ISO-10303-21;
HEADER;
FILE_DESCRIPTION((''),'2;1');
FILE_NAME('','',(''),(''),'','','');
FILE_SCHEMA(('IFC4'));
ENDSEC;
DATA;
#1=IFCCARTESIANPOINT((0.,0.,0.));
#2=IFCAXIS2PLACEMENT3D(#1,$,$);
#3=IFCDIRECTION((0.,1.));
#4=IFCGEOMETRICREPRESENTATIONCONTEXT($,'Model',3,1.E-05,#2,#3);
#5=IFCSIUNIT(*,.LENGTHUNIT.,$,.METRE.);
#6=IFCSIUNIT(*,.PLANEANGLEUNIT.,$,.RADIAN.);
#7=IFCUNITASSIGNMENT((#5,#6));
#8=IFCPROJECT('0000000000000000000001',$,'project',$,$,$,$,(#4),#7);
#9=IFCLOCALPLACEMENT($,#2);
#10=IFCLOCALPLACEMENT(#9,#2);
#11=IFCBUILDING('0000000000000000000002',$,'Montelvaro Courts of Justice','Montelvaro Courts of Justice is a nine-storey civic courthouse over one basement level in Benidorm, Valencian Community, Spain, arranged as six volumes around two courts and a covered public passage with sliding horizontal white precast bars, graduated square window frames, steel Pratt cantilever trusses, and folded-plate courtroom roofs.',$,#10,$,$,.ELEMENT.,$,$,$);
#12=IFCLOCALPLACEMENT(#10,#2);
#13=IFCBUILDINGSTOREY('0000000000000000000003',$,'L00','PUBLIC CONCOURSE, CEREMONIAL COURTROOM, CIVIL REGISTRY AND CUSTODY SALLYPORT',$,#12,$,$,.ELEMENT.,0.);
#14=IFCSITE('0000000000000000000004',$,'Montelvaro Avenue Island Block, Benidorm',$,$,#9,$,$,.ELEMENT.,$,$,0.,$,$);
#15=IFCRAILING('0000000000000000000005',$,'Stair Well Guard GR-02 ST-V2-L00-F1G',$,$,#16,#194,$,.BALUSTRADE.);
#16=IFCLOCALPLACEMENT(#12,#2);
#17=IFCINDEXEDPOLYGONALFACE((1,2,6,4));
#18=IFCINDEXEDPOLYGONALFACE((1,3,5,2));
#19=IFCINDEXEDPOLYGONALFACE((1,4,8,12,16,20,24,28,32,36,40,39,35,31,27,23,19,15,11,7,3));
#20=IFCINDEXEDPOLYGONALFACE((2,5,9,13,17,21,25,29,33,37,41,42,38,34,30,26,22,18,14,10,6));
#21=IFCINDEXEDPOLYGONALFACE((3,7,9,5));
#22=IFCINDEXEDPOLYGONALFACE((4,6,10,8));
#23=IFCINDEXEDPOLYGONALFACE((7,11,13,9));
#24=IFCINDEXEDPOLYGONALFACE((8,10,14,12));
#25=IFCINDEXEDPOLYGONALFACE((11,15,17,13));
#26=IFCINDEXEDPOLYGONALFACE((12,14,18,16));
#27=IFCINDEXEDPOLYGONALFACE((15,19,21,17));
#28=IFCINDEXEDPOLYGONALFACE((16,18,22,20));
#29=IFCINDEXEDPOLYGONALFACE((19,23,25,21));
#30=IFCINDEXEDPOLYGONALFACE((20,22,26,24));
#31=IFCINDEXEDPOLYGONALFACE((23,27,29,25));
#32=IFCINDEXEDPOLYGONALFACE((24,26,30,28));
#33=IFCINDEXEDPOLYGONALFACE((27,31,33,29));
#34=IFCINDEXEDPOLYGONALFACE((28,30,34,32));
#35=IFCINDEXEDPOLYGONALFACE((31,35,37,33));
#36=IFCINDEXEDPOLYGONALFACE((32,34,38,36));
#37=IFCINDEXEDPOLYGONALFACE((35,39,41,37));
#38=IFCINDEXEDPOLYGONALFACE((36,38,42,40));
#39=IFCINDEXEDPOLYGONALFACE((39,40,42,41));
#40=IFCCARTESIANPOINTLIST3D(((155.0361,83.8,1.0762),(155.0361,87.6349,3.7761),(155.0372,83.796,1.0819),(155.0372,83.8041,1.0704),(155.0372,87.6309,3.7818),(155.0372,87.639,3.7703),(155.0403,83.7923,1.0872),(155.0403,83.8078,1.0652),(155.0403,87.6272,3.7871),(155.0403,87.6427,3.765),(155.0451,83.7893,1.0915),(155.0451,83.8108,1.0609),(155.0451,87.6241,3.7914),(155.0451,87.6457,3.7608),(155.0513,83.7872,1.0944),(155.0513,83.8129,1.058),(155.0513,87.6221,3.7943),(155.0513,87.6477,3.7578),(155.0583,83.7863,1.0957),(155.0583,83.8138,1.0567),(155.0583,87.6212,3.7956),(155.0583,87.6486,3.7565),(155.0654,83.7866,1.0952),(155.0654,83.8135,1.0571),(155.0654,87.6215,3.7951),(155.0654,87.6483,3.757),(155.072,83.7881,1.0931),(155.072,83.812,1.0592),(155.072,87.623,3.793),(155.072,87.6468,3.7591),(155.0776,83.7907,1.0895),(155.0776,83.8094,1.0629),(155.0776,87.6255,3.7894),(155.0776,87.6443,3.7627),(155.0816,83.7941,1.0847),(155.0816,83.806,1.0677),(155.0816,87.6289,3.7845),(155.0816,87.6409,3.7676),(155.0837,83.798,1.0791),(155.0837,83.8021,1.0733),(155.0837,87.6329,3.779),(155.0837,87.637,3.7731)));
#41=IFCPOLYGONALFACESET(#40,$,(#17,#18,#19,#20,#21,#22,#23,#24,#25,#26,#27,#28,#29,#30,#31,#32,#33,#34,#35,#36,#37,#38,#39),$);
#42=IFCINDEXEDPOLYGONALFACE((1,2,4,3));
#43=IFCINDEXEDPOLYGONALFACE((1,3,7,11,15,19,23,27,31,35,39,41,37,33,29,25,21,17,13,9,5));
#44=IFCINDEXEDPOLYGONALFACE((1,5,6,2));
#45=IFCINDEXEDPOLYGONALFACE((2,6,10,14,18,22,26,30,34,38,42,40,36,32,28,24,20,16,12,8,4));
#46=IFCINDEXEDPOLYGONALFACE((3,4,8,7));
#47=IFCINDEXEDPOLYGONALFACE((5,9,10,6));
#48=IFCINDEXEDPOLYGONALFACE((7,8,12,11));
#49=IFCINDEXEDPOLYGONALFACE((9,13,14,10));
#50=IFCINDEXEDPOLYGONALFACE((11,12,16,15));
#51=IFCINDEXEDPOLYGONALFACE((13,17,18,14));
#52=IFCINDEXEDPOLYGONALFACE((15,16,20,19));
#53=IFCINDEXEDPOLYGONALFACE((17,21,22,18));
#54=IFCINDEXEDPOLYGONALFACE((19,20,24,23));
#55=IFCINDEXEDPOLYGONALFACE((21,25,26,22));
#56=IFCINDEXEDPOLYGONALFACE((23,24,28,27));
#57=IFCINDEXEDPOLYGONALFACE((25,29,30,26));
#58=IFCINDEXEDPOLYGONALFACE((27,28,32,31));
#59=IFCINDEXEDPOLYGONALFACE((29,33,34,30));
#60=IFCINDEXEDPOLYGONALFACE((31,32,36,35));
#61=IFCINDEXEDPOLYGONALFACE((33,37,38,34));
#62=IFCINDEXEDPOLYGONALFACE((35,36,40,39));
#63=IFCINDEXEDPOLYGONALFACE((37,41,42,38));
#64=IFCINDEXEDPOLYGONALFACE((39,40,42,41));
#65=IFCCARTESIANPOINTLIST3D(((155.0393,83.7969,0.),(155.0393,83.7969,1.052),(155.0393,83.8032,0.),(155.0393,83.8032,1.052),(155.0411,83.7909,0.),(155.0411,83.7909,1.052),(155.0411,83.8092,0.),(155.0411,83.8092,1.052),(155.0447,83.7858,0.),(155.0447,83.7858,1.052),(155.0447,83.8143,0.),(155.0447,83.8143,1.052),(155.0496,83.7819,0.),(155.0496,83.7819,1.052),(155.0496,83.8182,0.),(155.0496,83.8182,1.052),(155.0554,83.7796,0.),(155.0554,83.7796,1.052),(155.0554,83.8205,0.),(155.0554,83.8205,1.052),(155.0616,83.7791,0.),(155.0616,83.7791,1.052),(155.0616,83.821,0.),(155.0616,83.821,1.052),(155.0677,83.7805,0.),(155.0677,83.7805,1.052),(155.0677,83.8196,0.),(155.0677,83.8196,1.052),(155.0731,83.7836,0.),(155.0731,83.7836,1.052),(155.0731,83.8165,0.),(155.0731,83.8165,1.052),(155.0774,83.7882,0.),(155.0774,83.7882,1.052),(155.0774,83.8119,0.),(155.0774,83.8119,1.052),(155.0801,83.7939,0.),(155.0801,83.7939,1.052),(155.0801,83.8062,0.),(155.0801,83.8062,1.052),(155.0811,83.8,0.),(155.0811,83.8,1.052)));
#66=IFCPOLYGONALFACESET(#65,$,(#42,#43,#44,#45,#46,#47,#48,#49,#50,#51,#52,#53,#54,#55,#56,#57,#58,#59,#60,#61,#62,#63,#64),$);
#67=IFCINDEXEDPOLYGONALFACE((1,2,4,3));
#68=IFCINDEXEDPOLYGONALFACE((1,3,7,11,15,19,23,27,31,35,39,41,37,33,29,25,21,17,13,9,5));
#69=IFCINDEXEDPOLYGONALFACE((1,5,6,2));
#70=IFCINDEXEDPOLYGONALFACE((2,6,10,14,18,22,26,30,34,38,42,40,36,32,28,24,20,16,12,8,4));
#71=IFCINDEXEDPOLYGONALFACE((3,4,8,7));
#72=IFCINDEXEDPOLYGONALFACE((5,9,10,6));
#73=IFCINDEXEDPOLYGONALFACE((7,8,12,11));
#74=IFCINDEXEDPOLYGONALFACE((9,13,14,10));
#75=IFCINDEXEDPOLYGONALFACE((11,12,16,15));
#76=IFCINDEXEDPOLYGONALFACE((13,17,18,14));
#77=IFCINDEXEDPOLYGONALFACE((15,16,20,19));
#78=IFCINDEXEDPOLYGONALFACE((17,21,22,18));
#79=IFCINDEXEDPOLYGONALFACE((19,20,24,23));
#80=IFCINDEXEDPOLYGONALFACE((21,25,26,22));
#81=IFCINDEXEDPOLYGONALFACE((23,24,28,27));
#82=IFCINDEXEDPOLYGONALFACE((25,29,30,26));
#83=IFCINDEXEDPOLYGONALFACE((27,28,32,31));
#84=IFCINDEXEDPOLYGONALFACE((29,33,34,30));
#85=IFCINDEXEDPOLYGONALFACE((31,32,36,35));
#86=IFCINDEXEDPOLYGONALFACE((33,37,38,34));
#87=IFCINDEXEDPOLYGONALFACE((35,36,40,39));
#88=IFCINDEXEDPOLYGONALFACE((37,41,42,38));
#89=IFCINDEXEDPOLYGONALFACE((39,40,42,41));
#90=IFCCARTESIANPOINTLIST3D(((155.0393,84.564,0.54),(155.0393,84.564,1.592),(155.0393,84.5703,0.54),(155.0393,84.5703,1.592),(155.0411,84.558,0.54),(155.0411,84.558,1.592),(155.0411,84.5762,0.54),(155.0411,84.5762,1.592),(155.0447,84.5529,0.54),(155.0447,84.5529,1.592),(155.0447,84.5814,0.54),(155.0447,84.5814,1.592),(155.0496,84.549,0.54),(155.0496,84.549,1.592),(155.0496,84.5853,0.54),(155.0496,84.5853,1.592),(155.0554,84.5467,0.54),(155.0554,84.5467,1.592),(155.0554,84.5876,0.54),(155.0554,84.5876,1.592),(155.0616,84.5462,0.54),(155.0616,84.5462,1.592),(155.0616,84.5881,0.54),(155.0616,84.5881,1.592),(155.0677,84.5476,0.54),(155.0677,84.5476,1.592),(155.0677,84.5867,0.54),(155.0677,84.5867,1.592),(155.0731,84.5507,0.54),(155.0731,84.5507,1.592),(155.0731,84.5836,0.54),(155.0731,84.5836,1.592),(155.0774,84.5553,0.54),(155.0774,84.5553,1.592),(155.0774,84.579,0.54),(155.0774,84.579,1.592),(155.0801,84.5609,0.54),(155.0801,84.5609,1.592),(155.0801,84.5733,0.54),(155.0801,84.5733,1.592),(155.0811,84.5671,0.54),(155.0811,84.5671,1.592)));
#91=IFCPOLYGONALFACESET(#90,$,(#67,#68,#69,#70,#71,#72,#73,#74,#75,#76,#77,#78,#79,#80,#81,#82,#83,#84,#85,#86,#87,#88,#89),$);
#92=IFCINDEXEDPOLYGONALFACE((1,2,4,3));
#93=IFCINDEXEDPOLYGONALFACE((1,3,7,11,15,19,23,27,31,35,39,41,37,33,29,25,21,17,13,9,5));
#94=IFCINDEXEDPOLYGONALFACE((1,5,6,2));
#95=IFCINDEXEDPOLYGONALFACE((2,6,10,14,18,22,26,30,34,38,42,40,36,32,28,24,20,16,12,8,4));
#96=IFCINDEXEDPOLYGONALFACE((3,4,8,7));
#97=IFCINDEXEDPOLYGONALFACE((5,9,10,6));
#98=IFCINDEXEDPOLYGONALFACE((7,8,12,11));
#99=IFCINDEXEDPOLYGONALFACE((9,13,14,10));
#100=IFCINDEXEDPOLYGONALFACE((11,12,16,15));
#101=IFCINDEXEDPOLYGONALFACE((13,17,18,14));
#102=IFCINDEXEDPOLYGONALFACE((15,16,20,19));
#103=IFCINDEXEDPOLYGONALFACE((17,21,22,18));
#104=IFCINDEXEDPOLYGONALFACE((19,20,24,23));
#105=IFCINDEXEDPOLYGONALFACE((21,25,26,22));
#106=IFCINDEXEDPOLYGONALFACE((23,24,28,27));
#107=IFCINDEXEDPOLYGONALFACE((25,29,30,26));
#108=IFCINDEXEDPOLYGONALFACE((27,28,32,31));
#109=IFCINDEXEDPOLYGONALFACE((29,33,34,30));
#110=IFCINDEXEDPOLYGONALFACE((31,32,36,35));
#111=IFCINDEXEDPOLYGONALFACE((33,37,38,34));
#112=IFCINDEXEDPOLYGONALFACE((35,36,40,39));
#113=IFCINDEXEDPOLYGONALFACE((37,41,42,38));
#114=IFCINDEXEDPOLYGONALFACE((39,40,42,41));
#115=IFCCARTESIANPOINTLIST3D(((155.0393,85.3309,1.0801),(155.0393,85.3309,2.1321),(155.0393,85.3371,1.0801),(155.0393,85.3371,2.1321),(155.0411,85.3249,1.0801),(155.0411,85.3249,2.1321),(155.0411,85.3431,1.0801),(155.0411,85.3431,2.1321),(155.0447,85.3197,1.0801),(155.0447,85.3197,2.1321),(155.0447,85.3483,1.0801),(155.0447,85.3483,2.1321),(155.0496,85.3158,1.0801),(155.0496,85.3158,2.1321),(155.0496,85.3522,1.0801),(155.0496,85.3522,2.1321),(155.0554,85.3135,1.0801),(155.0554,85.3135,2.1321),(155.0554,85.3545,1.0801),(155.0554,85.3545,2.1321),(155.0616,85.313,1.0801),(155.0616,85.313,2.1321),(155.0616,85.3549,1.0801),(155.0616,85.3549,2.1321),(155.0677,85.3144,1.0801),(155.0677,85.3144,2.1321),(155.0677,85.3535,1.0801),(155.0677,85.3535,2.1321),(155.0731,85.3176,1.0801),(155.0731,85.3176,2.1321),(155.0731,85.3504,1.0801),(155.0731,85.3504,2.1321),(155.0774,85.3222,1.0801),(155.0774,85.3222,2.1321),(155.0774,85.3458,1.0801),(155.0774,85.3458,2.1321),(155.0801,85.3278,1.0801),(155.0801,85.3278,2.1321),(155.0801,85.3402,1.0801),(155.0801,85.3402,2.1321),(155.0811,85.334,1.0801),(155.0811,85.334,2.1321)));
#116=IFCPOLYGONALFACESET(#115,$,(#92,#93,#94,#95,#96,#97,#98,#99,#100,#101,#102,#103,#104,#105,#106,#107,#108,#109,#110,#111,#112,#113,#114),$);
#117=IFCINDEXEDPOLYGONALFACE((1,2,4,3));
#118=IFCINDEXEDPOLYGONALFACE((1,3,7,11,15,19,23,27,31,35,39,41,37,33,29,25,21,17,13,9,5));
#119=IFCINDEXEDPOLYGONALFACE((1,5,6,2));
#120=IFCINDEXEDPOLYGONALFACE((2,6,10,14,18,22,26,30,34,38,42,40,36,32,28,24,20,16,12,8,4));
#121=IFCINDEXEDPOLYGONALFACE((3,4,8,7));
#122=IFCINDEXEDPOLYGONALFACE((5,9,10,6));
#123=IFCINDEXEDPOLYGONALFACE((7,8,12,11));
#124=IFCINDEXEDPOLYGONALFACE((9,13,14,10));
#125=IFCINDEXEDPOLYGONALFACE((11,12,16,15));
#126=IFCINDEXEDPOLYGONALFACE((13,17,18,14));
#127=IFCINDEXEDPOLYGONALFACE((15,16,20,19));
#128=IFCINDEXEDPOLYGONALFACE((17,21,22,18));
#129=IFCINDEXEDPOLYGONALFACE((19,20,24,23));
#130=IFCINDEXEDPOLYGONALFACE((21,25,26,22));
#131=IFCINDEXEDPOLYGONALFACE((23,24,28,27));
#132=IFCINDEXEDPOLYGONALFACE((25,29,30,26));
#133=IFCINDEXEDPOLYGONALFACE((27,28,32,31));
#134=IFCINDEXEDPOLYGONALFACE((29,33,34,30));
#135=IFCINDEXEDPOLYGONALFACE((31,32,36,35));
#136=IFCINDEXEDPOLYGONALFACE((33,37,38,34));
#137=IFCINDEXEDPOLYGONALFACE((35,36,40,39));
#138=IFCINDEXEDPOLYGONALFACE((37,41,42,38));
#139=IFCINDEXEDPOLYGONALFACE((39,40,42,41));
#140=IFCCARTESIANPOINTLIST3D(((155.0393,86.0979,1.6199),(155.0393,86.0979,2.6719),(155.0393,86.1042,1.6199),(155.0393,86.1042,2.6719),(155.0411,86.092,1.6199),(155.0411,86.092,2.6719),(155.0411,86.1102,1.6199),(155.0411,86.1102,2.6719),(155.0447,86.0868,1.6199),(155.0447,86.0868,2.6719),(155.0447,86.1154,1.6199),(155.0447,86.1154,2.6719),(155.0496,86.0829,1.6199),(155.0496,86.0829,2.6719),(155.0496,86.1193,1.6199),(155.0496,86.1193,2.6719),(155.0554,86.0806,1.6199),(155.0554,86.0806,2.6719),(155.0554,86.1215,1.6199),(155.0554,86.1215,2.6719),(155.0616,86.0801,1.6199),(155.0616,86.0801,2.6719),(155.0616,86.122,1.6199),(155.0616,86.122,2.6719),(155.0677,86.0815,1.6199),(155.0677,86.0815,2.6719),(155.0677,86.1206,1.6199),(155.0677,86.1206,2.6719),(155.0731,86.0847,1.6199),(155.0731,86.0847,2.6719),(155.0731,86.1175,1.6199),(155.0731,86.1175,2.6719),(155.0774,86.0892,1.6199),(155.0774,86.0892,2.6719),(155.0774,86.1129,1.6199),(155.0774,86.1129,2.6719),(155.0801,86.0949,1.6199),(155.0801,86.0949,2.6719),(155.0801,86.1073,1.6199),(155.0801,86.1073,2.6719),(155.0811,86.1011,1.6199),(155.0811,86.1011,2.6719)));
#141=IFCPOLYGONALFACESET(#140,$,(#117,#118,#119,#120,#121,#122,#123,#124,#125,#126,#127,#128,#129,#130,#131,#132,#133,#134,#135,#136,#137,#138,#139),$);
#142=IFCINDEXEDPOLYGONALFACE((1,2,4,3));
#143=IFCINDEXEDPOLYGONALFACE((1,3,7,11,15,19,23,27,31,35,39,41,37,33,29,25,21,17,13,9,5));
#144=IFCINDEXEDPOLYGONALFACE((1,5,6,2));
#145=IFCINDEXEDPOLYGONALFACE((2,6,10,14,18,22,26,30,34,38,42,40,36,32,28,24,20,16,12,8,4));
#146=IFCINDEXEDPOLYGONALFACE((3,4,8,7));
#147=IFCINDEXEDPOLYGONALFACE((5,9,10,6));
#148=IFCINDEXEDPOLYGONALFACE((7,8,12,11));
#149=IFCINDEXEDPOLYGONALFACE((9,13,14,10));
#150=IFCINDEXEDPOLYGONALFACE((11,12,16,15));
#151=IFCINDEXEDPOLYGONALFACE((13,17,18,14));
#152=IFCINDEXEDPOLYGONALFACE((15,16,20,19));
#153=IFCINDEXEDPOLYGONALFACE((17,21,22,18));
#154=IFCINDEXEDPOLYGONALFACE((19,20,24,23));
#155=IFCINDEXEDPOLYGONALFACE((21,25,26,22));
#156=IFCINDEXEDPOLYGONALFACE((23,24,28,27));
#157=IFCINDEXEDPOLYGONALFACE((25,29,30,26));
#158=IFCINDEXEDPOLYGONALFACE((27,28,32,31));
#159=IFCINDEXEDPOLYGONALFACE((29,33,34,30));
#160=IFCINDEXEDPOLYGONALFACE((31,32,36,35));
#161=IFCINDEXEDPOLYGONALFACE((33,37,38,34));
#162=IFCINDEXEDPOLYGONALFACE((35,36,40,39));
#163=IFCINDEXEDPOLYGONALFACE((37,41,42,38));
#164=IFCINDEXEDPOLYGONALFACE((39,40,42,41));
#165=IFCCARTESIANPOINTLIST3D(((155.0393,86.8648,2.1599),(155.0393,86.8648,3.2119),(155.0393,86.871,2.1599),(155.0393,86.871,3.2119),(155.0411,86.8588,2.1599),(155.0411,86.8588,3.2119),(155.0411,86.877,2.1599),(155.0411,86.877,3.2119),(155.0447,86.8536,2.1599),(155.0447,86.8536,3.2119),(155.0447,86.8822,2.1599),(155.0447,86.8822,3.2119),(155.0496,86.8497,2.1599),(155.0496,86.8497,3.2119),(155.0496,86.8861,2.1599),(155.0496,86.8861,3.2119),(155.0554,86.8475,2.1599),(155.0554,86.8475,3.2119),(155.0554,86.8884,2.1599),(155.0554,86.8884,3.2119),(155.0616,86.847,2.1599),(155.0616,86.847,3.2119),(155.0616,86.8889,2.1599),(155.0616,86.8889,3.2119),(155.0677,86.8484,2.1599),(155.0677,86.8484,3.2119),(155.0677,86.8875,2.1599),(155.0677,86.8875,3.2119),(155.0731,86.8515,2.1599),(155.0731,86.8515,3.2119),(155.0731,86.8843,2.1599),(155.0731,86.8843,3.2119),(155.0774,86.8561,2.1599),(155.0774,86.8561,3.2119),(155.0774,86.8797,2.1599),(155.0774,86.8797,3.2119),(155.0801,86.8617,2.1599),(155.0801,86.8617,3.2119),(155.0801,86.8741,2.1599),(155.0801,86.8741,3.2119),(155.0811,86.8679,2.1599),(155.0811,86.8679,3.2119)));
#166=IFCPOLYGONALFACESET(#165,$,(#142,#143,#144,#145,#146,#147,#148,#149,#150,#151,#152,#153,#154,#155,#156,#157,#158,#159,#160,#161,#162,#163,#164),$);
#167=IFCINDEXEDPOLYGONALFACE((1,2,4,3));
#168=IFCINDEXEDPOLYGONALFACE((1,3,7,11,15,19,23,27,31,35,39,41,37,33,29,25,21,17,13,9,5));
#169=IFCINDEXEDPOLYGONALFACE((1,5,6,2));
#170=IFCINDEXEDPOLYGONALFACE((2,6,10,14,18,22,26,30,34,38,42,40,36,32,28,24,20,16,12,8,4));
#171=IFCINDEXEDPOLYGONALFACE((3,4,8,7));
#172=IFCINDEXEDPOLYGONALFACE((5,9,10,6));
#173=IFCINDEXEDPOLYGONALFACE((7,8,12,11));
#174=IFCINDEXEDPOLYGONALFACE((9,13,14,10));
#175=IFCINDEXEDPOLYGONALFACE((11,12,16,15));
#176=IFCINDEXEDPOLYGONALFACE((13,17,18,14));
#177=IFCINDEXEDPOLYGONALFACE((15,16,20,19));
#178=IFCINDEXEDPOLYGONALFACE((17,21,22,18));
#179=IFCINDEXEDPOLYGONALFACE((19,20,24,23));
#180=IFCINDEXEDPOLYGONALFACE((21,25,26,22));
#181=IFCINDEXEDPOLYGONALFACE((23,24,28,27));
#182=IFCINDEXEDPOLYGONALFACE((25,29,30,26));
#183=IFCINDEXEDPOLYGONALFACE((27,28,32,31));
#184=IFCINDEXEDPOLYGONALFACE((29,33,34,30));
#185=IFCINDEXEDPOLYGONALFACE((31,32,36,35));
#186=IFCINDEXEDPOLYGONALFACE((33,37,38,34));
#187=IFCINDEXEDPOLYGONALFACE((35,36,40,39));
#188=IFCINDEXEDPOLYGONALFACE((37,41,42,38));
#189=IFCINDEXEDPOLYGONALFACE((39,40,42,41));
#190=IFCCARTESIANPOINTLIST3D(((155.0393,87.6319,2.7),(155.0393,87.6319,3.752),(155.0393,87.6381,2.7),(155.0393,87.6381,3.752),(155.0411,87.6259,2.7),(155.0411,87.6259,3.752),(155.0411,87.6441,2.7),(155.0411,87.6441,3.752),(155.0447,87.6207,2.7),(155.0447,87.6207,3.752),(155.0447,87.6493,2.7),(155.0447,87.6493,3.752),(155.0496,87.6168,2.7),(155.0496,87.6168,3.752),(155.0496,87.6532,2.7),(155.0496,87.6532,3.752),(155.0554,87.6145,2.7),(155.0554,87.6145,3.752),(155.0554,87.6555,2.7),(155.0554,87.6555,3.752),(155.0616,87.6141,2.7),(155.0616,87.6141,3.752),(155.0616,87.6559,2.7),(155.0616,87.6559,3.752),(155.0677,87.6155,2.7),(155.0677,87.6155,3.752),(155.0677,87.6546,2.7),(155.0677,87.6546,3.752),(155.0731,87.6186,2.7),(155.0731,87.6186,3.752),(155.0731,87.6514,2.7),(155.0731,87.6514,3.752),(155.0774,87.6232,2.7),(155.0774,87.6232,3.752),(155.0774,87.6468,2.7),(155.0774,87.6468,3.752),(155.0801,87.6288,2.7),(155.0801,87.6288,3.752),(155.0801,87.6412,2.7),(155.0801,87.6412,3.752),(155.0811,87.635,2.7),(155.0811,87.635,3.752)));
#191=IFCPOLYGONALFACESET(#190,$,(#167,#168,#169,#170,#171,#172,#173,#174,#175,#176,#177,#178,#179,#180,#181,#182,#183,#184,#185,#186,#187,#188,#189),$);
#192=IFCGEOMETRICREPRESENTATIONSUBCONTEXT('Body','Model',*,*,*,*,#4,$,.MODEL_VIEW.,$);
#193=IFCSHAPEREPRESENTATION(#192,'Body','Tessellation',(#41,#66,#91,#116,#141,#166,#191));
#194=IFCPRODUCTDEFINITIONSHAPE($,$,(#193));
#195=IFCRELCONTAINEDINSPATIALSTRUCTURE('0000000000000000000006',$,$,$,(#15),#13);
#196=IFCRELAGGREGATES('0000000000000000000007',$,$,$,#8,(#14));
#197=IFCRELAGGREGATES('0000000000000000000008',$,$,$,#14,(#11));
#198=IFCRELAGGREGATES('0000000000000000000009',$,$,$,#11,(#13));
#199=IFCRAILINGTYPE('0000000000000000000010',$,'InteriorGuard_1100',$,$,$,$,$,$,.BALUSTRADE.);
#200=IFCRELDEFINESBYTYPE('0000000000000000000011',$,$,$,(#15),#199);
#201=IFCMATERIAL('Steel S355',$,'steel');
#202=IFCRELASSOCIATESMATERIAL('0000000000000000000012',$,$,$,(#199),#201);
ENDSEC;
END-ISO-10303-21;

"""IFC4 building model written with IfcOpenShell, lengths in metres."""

from ifc_helpers import new_model, si_unit, direction, frame, origin, origin_2d, place, context, subcontext, project, spatial, circle, extrude, material, type_object, element, save


model = new_model("IFC4")

# Units and contexts
model_context = context("Model", 3, precision=1e-05, world=origin(), true_north=direction((0.0, 1.0)))
body_context = subcontext(model_context, "Body", "Model", "MODEL_VIEW")
ifc_project = project(units=[si_unit("LENGTHUNIT", "METRE"), si_unit("PLANEANGLEUNIT", "RADIAN")], contexts=[model_context])

# Site, building, storey
site_placement = place(None, origin())
site = spatial("IfcSite", under=ifc_project, at=site_placement, Name="Montelvaro Avenue Island Block, Benidorm", CompositionType="ELEMENT", RefElevation=0.0)
building_placement = place(site_placement, origin())
building = spatial("IfcBuilding", under=site, at=building_placement, Name="Montelvaro Courts of Justice", Description="Montelvaro Courts of Justice is a nine-storey civic courthouse over one basement level in Benidorm, Valencian Community, Spain, arranged as six volumes around two courts and a covered public passage with sliding horizontal white precast bars, graduated square window frames, steel Pratt cantilever trusses, and folded-plate courtroom roofs.", CompositionType="ELEMENT")
storey_placement = place(building_placement, origin())
storey = spatial("IfcBuildingStorey", under=building, at=storey_placement, Name="L00", Description="PUBLIC CONCOURSE, CEREMONIAL COURTROOM, CIVIL REGISTRY AND CUSTODY SALLYPORT", CompositionType="ELEMENT", Elevation=0.0)

# Shared definitions
ifc_material_1 = material(Name="Steel S355", Category="steel")

# Railing
railing_type_1 = type_object("IfcRailingType", Name="InteriorGuard_1100", PredefinedType="BALUSTRADE", material=ifc_material_1)
railing_1_placement = place(storey_placement, frame((155.0601, 83.8, 0.0)))
element("IfcRailing", 1, at=railing_1_placement, inside=storey, type_object=railing_type_1, Name="Stair Well Guard GR-02 ST-V2-L00-F1G", PredefinedType="BALUSTRADE", context=body_context, shape_type="SweptSolid", body=[
    extrude(circle(Radius=0.0239, at=origin_2d()), frame((0.0, 0.0, 1.0762), z_axis=(0.0, 0.817678, 0.575675), x_axis=(-1.0, 0.0, 0.0)), (0.0, 0.0, 1.0), 4.6899),
    extrude(circle(Radius=0.021, at=origin_2d()), origin(), (0.0, 0.0, 1.0), 1.052),
    extrude(circle(Radius=0.021, at=origin_2d()), frame((0.0, 0.7671, 0.54)), (0.0, 0.0, 1.0), 1.052),
    extrude(circle(Radius=0.021, at=origin_2d()), frame((0.0, 1.5339, 1.0801)), (0.0, 0.0, 1.0), 1.052),
    extrude(circle(Radius=0.021, at=origin_2d()), frame((0.0, 2.301, 1.6199)), (0.0, 0.0, 1.0), 1.052),
    extrude(circle(Radius=0.021, at=origin_2d()), frame((0.0, 3.0679, 2.1599)), (0.0, 0.0, 1.0), 1.052),
    extrude(circle(Radius=0.021, at=origin_2d()), frame((0.0, 3.835, 2.7)), (0.0, 0.0, 1.0), 1.052),
])

save(model, "model.ifc")
